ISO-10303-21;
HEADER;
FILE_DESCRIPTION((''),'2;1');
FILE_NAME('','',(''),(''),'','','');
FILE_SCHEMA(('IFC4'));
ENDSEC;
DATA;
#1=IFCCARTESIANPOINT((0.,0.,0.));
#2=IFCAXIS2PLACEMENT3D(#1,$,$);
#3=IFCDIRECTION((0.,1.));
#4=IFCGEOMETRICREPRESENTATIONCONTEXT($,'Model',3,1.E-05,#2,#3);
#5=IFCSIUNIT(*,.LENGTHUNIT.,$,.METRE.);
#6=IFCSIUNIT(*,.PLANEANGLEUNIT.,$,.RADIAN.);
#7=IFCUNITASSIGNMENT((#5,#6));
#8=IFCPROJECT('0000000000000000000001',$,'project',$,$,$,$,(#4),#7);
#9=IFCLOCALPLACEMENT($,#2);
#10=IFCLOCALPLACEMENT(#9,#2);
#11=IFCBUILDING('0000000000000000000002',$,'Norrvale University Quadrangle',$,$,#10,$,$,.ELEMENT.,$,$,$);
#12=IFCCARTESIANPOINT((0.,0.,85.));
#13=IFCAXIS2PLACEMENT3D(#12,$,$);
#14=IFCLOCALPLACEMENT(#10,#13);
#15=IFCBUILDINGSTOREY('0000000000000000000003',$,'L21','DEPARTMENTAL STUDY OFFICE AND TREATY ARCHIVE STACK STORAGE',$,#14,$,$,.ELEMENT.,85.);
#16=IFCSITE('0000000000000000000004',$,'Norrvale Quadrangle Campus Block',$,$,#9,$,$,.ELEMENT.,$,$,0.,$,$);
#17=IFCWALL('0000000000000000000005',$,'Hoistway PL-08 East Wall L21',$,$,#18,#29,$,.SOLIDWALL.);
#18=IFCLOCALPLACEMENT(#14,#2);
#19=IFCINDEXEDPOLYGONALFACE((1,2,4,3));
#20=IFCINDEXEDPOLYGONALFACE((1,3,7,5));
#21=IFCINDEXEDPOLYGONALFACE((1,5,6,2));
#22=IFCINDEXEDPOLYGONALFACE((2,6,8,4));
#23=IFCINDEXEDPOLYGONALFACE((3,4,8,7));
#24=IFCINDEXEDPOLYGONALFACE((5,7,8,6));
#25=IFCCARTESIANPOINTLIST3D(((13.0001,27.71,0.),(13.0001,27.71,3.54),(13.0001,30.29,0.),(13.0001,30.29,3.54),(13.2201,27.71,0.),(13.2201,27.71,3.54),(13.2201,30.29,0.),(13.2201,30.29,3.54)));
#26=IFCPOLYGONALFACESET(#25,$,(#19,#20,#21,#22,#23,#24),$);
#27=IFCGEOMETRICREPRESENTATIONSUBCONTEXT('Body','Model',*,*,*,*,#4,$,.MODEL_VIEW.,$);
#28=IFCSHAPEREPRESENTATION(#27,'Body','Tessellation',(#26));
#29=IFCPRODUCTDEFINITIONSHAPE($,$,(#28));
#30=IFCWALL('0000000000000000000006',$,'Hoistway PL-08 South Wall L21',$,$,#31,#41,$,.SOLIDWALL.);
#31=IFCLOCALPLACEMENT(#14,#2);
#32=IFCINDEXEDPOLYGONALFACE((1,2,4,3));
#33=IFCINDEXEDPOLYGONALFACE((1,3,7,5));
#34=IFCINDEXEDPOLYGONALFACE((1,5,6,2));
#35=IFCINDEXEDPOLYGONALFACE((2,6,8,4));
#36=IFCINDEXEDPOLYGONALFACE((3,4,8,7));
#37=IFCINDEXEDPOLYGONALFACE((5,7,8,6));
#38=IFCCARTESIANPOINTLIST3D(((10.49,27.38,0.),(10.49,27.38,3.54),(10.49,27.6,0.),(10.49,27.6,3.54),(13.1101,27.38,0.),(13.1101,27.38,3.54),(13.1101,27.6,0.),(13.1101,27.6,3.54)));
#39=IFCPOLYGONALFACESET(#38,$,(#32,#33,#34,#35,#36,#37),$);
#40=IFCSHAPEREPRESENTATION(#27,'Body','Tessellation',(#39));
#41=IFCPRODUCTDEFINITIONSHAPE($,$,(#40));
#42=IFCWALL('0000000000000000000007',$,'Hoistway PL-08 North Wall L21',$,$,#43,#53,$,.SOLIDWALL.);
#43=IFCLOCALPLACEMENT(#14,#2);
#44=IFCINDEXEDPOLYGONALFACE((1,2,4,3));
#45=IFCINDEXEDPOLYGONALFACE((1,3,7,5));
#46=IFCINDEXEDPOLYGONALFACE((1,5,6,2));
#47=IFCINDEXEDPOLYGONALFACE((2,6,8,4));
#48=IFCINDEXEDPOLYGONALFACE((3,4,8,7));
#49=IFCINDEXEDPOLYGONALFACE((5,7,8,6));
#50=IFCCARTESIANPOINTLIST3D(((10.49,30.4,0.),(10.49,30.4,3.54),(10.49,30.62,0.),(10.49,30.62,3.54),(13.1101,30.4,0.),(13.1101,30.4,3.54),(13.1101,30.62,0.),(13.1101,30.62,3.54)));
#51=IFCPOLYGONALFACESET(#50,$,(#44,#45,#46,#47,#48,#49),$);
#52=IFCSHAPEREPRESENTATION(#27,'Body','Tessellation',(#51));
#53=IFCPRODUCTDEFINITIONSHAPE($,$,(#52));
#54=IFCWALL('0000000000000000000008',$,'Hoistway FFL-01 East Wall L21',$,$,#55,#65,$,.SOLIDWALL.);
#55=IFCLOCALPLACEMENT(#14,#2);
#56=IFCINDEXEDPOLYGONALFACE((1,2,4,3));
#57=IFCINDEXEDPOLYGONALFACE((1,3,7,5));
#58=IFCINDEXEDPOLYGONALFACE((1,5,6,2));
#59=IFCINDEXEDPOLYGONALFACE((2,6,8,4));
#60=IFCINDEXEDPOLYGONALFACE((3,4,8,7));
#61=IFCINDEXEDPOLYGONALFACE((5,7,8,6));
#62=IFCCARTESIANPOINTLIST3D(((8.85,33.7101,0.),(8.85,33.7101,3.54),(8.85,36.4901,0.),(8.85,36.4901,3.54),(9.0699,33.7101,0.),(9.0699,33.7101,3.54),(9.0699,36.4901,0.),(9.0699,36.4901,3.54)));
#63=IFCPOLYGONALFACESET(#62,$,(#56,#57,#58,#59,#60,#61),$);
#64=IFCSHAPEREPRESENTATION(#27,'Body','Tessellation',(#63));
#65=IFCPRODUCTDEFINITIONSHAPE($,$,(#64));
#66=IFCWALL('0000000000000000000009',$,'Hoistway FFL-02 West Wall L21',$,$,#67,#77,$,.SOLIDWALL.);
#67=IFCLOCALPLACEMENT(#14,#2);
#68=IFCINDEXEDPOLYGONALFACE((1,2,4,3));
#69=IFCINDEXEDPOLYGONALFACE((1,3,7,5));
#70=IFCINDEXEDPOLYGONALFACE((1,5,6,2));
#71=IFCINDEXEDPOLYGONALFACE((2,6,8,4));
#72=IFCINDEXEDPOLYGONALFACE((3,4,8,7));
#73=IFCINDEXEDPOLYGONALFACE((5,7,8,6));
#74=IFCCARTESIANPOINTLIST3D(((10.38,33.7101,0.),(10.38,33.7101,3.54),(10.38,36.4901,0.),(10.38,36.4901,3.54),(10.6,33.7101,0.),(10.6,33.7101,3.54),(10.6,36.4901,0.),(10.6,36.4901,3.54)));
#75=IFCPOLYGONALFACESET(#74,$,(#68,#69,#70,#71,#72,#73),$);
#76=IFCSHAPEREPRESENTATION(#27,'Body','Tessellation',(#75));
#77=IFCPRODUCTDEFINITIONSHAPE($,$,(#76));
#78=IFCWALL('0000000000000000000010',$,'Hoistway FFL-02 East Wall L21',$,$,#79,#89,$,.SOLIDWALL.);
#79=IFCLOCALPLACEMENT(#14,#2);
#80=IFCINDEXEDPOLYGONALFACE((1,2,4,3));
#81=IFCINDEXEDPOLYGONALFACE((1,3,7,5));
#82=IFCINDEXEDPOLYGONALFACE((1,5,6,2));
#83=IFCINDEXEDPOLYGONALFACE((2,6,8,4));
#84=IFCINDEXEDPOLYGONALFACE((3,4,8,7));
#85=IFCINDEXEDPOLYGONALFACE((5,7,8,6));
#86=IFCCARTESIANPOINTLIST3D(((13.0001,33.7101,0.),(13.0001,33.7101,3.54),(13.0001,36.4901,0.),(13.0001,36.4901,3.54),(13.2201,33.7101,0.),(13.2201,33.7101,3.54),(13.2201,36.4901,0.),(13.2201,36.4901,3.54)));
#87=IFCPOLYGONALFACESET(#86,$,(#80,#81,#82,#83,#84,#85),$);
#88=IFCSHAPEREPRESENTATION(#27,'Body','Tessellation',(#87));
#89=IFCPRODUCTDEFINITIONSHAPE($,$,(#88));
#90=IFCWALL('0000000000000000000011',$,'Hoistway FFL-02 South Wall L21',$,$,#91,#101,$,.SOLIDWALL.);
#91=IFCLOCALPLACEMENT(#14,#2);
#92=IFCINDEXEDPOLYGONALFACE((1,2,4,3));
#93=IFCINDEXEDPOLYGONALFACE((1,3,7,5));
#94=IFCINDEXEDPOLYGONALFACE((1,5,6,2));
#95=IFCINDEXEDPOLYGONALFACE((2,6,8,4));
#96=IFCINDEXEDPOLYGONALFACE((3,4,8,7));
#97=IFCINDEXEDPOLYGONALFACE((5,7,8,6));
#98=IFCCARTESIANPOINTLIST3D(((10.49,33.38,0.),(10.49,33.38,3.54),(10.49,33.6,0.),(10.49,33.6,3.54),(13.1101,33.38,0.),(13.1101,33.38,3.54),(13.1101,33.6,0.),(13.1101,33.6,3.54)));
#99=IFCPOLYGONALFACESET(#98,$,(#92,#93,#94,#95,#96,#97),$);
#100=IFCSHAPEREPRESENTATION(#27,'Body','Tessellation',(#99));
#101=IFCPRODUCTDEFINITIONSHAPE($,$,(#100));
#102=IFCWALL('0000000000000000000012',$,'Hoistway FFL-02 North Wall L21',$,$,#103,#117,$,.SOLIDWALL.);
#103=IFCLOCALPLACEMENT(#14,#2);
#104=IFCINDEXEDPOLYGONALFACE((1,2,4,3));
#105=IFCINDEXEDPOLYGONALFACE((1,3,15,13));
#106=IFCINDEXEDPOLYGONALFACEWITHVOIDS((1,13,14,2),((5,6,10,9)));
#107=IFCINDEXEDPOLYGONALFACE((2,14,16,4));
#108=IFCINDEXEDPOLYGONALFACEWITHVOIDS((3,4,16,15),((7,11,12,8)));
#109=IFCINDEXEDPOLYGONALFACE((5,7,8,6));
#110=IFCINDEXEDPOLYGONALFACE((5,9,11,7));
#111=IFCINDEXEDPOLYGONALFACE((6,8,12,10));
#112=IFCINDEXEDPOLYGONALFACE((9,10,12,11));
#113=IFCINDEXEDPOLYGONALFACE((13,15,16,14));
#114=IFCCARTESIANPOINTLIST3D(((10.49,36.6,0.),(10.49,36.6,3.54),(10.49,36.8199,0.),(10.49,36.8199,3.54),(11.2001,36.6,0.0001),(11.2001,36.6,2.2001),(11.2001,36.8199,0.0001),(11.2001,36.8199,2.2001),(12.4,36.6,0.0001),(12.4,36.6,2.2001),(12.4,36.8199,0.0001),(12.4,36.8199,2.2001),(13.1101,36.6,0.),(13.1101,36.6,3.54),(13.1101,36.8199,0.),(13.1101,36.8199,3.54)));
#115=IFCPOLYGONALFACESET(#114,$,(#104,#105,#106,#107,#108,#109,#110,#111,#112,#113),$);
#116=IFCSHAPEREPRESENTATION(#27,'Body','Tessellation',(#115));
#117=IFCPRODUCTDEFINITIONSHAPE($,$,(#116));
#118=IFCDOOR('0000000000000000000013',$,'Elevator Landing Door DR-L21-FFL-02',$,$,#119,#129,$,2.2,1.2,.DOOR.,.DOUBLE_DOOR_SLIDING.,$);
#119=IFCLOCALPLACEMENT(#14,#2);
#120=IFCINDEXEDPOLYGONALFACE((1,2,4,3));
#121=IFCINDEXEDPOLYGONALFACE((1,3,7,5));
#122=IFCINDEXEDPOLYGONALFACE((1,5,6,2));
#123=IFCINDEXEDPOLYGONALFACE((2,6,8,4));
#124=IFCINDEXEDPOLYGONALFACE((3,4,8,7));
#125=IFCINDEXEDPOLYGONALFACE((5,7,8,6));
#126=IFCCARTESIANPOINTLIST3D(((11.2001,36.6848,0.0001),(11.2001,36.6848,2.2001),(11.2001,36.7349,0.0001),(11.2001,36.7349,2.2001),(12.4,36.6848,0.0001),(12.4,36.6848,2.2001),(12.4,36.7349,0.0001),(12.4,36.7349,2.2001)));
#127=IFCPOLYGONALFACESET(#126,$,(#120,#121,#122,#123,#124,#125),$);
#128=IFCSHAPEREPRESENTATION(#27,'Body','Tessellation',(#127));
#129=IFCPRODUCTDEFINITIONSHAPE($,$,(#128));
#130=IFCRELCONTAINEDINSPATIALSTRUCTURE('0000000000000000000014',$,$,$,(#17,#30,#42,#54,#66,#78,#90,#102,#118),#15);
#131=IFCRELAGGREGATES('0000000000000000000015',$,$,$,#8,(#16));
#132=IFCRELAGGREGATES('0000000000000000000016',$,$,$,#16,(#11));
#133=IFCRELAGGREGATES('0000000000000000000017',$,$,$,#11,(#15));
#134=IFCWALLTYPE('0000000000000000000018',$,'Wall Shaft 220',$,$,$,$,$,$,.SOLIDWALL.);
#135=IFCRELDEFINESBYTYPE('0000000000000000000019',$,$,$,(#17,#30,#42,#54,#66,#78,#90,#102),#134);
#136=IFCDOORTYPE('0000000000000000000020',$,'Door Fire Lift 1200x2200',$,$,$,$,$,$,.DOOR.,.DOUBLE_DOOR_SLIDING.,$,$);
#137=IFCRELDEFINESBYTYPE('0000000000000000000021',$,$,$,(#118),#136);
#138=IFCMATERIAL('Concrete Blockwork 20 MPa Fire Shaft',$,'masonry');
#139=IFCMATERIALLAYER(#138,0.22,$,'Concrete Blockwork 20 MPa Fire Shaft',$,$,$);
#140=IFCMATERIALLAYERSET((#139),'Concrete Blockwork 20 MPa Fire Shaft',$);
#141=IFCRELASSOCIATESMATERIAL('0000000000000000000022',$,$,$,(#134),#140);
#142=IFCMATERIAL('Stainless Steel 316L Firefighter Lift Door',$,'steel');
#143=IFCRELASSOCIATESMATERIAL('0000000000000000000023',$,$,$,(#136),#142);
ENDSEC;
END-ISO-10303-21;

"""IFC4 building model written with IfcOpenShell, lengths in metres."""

from ifc_helpers import new_model, si_unit, direction, frame, frame_2d, origin, place, context, subcontext, project, spatial, rectangle, extrude, material, layer, layer_set, type_object, element, fill, save


model = new_model("IFC4")

# Units and contexts
model_context = context("Model", 3, precision=1e-05, world=origin(), true_north=direction((0.0, 1.0)))
body_context = subcontext(model_context, "Body", "Model", "MODEL_VIEW")
ifc_project = project(units=[si_unit("LENGTHUNIT", "METRE"), si_unit("PLANEANGLEUNIT", "RADIAN")], contexts=[model_context])

# Site, building, storey
site_placement = place(None, origin())
site = spatial("IfcSite", under=ifc_project, at=site_placement, Name="Norrvale Quadrangle Campus Block", CompositionType="ELEMENT", RefElevation=0.0)
building_placement = place(site_placement, origin())
building = spatial("IfcBuilding", under=site, at=building_placement, Name="Norrvale University Quadrangle", CompositionType="ELEMENT")
storey_placement = place(building_placement, frame((0.0, 0.0, 85.0)))
storey = spatial("IfcBuildingStorey", under=building, at=storey_placement, Name="L21", Description="DEPARTMENTAL STUDY OFFICE AND TREATY ARCHIVE STACK STORAGE", CompositionType="ELEMENT", Elevation=85.0)

# Shared definitions
ifc_material_1 = material(Name="Concrete Blockwork 20 MPa Fire Shaft", Category="masonry")
ifc_layer_1 = layer(ifc_material_1, 0.22, Name="Concrete Blockwork 20 MPa Fire Shaft")
ifc_layer_set_1 = layer_set([ifc_layer_1], Name="Concrete Blockwork 20 MPa Fire Shaft")
wall_type_1 = type_object("IfcWallType", Name="Wall Shaft 220", PredefinedType="SOLIDWALL", material=ifc_layer_set_1)

# Walls
for number, where, z_axis, x_axis, name in (
    (1, (13.1101, 27.71, 0.0), (0.0, 0.0, 1.0), (0.0, 1.0, 0.0), "Hoistway PL-08 East Wall L21"),
):
    element("IfcWall", number, at=place(storey_placement, frame(where, z_axis=z_axis, x_axis=x_axis)), inside=storey, type_object=wall_type_1, Name=name, PredefinedType="SOLIDWALL", context=body_context, shape_type="SweptSolid", body=[
        extrude(rectangle(XDim=2.5801, YDim=0.22, at=frame_2d((1.29, 0.0))), origin(), (0.0, 0.0, 1.0), 3.54),
    ])
for number, where, z_axis, x_axis, name in (
    (2, (10.49, 27.49, 0.0), (0.0, 0.0, 1.0), (1.0, 0.0, 0.0), "Hoistway PL-08 South Wall L21"),
    (3, (10.49, 30.51, 0.0), (0.0, 0.0, 1.0), (1.0, 0.0, 0.0), "Hoistway PL-08 North Wall L21"),
):
    element("IfcWall", number, at=place(storey_placement, frame(where, z_axis=z_axis, x_axis=x_axis)), inside=storey, type_object=wall_type_1, Name=name, PredefinedType="SOLIDWALL", context=body_context, shape_type="SweptSolid", body=[
        extrude(rectangle(XDim=2.6201, YDim=0.22, at=frame_2d((1.3101, 0.0))), origin(), (0.0, 0.0, 1.0), 3.54),
    ])
for number, where, z_axis, x_axis, name in (
    (4, (8.96, 33.71, 0.0), (0.0, 0.0, 1.0), (0.0, 1.0, 0.0), "Hoistway FFL-01 East Wall L21"),
    (5, (10.49, 33.71, 0.0), (0.0, 0.0, 1.0), (0.0, 1.0, 0.0), "Hoistway FFL-02 West Wall L21"),
    (6, (13.1101, 33.71, 0.0), (0.0, 0.0, 1.0), (0.0, 1.0, 0.0), "Hoistway FFL-02 East Wall L21"),
):
    element("IfcWall", number, at=place(storey_placement, frame(where, z_axis=z_axis, x_axis=x_axis)), inside=storey, type_object=wall_type_1, Name=name, PredefinedType="SOLIDWALL", context=body_context, shape_type="SweptSolid", body=[
        extrude(rectangle(XDim=2.78, YDim=0.22, at=frame_2d((1.3901, 0.0))), origin(), (0.0, 0.0, 1.0), 3.54),
    ])
wall_1_placement = place(storey_placement, frame((10.49, 33.49, 0.0), z_axis=(0.0, 0.0, 1.0), x_axis=(1.0, 0.0, 0.0)))
element("IfcWall", 7, at=wall_1_placement, inside=storey, type_object=wall_type_1, Name="Hoistway FFL-02 South Wall L21", PredefinedType="SOLIDWALL", context=body_context, shape_type="SweptSolid", body=[
    extrude(rectangle(XDim=2.6201, YDim=0.22, at=frame_2d((1.3101, 0.0))), origin(), (0.0, 0.0, 1.0), 3.54),
])

# Wall, opening, door
wall_2_placement = place(storey_placement, frame((10.49, 36.71, 0.0), z_axis=(0.0, 0.0, 1.0), x_axis=(1.0, 0.0, 0.0)))
wall_2 = element("IfcWall", 8, at=wall_2_placement, inside=storey, type_object=wall_type_1, Name="Hoistway FFL-02 North Wall L21", PredefinedType="SOLIDWALL", context=body_context, shape_type="SweptSolid", body=[
    extrude(rectangle(XDim=2.6201, YDim=0.22, at=frame_2d((1.3101, 0.0))), origin(), (0.0, 0.0, 1.0), 3.54),
])
opening_1_placement = place(wall_2_placement, frame((0.71, 0.0, 0.0)))
opening_1 = element("IfcOpeningElement", 9, at=opening_1_placement, cuts=wall_2, PredefinedType="OPENING", context=body_context, shape_type="SweptSolid", body=[
    extrude(rectangle(XDim=1.2, YDim=2.2, at=frame_2d((0.6001, 1.1001))), frame((0.0, 0.1221, 0.0), z_axis=(0.0, -1.0, 0.0), x_axis=(1.0, 0.0, 0.0)), (0.0, 0.0, 1.0), 0.2439),
])
ifc_material_2 = material(Name="Stainless Steel 316L Firefighter Lift Door", Category="steel")
door_type_1 = type_object("IfcDoorType", Name="Door Fire Lift 1200x2200", OperationType="DOUBLE_DOOR_SLIDING", PredefinedType="DOOR", material=ifc_material_2)
door_1_placement = place(opening_1_placement, origin())
door_1 = element("IfcDoor", 10, at=door_1_placement, inside=storey, type_object=door_type_1, Name="Elevator Landing Door DR-L21-FFL-02", OperationType="DOUBLE_DOOR_SLIDING", OverallHeight=2.2, OverallWidth=1.2, PredefinedType="DOOR", context=body_context, shape_type="SweptSolid", body=[
    extrude(rectangle(XDim=1.2, YDim=2.2, at=frame_2d((0.6001, 1.1001))), frame((0.0, 0.0249, 0.0), z_axis=(0.0, -1.0, 0.0), x_axis=(1.0, 0.0, 0.0)), (0.0, 0.0, 1.0), 0.05),
])
fill(opening_1, door_1)

save(model, "model.ifc")
